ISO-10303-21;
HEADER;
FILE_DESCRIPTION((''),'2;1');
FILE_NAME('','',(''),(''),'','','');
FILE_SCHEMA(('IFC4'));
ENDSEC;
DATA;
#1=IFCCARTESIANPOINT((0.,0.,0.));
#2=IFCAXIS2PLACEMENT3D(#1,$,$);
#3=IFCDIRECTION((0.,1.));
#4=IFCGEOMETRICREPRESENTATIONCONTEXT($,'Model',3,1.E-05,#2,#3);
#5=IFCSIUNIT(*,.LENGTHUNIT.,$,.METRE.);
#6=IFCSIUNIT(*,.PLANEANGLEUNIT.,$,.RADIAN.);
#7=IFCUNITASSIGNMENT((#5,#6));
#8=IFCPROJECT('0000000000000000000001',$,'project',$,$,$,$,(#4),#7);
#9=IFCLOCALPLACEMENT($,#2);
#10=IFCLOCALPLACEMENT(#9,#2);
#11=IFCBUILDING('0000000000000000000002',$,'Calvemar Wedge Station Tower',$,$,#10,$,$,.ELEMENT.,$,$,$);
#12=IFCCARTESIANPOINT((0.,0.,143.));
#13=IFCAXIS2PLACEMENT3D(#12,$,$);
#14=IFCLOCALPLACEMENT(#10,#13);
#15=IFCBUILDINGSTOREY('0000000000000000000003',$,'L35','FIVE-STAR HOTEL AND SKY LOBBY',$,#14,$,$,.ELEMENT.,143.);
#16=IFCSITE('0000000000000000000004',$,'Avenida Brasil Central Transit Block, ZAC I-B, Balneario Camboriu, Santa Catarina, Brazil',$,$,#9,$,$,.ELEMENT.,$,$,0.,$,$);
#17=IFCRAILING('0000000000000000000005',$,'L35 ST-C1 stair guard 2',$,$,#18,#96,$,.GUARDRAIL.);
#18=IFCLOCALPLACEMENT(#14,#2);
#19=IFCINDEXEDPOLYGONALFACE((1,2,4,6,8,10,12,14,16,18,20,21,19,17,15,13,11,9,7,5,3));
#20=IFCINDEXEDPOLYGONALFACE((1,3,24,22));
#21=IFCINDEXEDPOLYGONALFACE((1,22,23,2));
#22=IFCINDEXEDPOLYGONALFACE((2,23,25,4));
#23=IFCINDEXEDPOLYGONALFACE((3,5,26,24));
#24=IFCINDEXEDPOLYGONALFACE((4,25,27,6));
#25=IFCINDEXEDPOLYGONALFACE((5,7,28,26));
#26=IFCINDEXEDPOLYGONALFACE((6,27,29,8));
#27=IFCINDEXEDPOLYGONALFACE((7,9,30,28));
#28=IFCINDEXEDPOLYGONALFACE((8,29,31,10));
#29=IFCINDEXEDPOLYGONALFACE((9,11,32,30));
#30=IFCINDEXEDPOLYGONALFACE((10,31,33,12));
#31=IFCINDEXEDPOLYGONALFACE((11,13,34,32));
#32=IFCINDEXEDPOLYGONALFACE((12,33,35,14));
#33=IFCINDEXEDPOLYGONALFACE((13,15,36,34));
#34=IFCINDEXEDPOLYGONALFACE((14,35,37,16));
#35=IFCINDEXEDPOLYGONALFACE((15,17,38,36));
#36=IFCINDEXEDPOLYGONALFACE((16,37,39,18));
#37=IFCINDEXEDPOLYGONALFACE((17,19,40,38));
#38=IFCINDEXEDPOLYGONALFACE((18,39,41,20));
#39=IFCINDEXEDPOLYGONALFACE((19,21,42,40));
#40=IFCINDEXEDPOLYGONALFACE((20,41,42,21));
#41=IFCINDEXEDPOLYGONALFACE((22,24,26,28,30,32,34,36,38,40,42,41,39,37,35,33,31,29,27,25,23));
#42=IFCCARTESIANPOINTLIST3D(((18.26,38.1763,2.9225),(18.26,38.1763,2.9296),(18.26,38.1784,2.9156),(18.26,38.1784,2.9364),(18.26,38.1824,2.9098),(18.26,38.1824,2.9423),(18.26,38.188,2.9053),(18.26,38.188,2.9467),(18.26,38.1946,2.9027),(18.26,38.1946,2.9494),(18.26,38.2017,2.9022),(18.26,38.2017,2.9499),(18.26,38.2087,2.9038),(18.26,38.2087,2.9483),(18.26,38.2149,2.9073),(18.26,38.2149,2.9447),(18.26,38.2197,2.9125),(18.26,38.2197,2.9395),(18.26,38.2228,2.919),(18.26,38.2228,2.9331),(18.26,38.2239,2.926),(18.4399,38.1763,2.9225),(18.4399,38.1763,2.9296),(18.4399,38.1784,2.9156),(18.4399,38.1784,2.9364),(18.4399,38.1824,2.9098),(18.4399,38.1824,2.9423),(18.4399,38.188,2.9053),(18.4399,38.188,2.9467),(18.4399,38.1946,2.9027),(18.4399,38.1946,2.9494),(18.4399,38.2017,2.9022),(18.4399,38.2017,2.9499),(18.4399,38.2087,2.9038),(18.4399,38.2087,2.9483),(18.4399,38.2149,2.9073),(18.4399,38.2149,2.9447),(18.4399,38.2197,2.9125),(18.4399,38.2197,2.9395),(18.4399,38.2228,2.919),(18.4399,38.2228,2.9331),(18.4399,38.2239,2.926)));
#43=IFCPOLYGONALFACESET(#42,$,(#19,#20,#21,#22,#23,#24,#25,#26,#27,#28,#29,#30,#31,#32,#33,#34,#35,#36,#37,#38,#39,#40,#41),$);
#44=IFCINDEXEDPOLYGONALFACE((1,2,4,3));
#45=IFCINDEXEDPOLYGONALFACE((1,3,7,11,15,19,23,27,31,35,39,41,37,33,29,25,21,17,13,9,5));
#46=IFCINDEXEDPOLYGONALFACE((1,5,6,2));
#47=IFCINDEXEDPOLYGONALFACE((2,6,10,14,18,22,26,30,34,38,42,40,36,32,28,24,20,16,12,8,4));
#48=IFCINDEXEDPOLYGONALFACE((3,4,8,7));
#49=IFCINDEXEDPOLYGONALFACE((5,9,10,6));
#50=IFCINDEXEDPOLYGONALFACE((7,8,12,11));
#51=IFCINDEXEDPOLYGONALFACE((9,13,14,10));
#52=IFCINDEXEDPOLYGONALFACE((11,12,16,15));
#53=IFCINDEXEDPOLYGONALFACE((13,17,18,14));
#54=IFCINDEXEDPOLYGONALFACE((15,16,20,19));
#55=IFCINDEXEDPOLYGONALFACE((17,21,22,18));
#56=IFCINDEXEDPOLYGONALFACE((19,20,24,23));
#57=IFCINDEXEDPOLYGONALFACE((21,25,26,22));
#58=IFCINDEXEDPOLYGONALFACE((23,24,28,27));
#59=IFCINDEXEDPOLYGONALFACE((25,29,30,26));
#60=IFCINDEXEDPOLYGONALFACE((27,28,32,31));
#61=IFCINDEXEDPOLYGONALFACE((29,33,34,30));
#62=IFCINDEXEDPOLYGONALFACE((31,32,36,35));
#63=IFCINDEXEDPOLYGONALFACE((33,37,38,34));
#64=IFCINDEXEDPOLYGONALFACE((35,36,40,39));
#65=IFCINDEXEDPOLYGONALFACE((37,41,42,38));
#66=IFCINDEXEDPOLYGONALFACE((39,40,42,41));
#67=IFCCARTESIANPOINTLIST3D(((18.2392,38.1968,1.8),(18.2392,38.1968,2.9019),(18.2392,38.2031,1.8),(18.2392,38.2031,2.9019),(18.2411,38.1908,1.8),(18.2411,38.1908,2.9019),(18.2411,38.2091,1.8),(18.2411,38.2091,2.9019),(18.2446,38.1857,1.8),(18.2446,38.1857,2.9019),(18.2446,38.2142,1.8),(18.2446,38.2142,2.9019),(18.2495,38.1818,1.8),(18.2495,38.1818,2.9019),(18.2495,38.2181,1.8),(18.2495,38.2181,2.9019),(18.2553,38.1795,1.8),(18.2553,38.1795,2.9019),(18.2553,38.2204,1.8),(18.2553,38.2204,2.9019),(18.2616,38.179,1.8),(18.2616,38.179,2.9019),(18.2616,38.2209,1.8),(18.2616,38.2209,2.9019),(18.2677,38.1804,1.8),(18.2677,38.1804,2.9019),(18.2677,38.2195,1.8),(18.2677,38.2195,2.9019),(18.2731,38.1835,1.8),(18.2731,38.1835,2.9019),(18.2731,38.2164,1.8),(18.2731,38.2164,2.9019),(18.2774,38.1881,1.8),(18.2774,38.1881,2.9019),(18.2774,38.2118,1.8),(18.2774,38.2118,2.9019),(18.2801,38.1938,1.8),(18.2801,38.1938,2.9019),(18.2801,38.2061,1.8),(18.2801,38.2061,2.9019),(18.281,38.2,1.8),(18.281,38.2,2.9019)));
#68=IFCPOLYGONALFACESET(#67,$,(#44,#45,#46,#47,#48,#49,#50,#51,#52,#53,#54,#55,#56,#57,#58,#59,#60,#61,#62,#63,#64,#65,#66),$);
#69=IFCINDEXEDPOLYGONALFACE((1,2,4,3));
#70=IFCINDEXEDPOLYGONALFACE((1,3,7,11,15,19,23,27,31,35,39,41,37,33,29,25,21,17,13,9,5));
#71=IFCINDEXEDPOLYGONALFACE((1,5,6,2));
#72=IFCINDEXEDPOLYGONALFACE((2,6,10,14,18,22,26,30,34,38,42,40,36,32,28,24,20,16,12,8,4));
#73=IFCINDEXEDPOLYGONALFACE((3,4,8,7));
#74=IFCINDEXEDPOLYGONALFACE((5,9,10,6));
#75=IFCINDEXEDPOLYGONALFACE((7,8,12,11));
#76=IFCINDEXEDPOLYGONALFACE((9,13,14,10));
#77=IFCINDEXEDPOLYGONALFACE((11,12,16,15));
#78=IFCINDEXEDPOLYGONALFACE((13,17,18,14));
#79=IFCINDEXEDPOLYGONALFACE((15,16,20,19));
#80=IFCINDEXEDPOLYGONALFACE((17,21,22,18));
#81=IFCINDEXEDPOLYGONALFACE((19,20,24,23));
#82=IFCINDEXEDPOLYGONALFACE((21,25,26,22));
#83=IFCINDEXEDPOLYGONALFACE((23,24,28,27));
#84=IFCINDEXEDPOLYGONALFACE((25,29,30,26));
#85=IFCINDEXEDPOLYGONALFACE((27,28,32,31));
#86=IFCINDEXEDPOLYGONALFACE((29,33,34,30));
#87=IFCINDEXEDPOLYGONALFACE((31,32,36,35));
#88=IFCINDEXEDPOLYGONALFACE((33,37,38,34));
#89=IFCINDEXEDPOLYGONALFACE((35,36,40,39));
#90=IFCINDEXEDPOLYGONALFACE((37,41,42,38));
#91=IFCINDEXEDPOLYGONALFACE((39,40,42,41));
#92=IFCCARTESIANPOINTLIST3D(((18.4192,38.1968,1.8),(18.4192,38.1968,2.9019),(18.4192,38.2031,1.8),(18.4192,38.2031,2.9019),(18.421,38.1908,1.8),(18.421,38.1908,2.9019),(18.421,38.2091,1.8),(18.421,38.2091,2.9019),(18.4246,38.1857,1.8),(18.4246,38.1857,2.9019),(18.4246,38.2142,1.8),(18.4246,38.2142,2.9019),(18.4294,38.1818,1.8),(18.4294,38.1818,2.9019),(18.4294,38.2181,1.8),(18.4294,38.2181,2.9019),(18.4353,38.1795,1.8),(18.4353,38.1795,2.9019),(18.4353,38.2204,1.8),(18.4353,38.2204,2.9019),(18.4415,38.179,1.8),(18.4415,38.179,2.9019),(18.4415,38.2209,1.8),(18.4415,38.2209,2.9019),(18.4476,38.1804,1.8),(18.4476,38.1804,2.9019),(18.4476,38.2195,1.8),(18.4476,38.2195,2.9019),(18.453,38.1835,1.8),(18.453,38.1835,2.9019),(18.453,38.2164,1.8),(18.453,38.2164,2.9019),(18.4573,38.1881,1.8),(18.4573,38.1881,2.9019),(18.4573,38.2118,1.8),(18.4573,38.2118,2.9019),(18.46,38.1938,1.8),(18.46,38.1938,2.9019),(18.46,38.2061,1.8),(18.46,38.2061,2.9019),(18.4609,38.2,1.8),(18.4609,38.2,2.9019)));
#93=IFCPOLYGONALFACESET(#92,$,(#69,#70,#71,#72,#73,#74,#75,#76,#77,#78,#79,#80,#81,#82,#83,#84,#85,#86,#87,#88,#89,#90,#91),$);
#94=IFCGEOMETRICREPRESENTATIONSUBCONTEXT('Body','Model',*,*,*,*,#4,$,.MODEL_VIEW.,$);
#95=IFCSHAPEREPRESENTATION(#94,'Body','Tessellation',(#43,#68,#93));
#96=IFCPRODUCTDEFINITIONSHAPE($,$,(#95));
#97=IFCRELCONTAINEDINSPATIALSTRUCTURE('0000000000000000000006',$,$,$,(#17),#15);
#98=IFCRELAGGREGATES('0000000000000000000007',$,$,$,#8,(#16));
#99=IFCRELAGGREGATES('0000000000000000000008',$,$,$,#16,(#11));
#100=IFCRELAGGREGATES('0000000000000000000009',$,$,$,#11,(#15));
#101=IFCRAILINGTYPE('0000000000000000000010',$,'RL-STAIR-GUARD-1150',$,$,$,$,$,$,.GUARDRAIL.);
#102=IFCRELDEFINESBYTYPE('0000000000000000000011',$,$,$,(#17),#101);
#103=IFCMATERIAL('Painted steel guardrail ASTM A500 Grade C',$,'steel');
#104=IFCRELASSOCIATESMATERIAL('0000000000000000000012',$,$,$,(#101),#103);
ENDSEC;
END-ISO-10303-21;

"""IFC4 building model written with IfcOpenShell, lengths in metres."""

from ifc_helpers import new_model, si_unit, direction, frame, origin, origin_2d, place, context, subcontext, project, spatial, circle, extrude, material, type_object, element, save


model = new_model("IFC4")

# Units and contexts
model_context = context("Model", 3, precision=1e-05, world=origin(), true_north=direction((0.0, 1.0)))
body_context = subcontext(model_context, "Body", "Model", "MODEL_VIEW")
ifc_project = project(units=[si_unit("LENGTHUNIT", "METRE"), si_unit("PLANEANGLEUNIT", "RADIAN")], contexts=[model_context])

# Site, building, storey
site_placement = place(None, origin())
site = spatial("IfcSite", under=ifc_project, at=site_placement, Name="Avenida Brasil Central Transit Block, ZAC I-B, Balneario Camboriu, Santa Catarina, Brazil", CompositionType="ELEMENT", RefElevation=0.0)
building_placement = place(site_placement, origin())
building = spatial("IfcBuilding", under=site, at=building_placement, Name="Calvemar Wedge Station Tower", CompositionType="ELEMENT")
storey_placement = place(building_placement, frame((0.0, 0.0, 143.0)))
storey = spatial("IfcBuildingStorey", under=building, at=storey_placement, Name="L35", Description="FIVE-STAR HOTEL AND SKY LOBBY", CompositionType="ELEMENT", Elevation=143.0)

# Railing
ifc_material_1 = material(Name="Painted steel guardrail ASTM A500 Grade C", Category="steel")
railing_type_1 = type_object("IfcRailingType", Name="RL-STAIR-GUARD-1150", PredefinedType="GUARDRAIL", material=ifc_material_1)
railing_1_placement = place(storey_placement, frame((18.26, 38.2, 1.8)))
element("IfcRailing", 1, at=railing_1_placement, inside=storey, type_object=railing_type_1, Name="L35 ST-C1 stair guard 2", PredefinedType="GUARDRAIL", context=body_context, shape_type="SweptSolid", body=[
    extrude(circle(Radius=0.0239, at=origin_2d()), frame((0.0, 0.0, 1.126), z_axis=(1.0, 0.0, 0.0), x_axis=(0.0, 1.0, 0.0)), (0.0, 0.0, 1.0), 0.1799),
    extrude(circle(Radius=0.021, at=origin_2d()), origin(), (0.0, 0.0, 1.0), 1.1018),
    extrude(circle(Radius=0.021, at=origin_2d()), frame((0.1799, 0.0, 0.0)), (0.0, 0.0, 1.0), 1.1018),
])

save(model, "model.ifc")
